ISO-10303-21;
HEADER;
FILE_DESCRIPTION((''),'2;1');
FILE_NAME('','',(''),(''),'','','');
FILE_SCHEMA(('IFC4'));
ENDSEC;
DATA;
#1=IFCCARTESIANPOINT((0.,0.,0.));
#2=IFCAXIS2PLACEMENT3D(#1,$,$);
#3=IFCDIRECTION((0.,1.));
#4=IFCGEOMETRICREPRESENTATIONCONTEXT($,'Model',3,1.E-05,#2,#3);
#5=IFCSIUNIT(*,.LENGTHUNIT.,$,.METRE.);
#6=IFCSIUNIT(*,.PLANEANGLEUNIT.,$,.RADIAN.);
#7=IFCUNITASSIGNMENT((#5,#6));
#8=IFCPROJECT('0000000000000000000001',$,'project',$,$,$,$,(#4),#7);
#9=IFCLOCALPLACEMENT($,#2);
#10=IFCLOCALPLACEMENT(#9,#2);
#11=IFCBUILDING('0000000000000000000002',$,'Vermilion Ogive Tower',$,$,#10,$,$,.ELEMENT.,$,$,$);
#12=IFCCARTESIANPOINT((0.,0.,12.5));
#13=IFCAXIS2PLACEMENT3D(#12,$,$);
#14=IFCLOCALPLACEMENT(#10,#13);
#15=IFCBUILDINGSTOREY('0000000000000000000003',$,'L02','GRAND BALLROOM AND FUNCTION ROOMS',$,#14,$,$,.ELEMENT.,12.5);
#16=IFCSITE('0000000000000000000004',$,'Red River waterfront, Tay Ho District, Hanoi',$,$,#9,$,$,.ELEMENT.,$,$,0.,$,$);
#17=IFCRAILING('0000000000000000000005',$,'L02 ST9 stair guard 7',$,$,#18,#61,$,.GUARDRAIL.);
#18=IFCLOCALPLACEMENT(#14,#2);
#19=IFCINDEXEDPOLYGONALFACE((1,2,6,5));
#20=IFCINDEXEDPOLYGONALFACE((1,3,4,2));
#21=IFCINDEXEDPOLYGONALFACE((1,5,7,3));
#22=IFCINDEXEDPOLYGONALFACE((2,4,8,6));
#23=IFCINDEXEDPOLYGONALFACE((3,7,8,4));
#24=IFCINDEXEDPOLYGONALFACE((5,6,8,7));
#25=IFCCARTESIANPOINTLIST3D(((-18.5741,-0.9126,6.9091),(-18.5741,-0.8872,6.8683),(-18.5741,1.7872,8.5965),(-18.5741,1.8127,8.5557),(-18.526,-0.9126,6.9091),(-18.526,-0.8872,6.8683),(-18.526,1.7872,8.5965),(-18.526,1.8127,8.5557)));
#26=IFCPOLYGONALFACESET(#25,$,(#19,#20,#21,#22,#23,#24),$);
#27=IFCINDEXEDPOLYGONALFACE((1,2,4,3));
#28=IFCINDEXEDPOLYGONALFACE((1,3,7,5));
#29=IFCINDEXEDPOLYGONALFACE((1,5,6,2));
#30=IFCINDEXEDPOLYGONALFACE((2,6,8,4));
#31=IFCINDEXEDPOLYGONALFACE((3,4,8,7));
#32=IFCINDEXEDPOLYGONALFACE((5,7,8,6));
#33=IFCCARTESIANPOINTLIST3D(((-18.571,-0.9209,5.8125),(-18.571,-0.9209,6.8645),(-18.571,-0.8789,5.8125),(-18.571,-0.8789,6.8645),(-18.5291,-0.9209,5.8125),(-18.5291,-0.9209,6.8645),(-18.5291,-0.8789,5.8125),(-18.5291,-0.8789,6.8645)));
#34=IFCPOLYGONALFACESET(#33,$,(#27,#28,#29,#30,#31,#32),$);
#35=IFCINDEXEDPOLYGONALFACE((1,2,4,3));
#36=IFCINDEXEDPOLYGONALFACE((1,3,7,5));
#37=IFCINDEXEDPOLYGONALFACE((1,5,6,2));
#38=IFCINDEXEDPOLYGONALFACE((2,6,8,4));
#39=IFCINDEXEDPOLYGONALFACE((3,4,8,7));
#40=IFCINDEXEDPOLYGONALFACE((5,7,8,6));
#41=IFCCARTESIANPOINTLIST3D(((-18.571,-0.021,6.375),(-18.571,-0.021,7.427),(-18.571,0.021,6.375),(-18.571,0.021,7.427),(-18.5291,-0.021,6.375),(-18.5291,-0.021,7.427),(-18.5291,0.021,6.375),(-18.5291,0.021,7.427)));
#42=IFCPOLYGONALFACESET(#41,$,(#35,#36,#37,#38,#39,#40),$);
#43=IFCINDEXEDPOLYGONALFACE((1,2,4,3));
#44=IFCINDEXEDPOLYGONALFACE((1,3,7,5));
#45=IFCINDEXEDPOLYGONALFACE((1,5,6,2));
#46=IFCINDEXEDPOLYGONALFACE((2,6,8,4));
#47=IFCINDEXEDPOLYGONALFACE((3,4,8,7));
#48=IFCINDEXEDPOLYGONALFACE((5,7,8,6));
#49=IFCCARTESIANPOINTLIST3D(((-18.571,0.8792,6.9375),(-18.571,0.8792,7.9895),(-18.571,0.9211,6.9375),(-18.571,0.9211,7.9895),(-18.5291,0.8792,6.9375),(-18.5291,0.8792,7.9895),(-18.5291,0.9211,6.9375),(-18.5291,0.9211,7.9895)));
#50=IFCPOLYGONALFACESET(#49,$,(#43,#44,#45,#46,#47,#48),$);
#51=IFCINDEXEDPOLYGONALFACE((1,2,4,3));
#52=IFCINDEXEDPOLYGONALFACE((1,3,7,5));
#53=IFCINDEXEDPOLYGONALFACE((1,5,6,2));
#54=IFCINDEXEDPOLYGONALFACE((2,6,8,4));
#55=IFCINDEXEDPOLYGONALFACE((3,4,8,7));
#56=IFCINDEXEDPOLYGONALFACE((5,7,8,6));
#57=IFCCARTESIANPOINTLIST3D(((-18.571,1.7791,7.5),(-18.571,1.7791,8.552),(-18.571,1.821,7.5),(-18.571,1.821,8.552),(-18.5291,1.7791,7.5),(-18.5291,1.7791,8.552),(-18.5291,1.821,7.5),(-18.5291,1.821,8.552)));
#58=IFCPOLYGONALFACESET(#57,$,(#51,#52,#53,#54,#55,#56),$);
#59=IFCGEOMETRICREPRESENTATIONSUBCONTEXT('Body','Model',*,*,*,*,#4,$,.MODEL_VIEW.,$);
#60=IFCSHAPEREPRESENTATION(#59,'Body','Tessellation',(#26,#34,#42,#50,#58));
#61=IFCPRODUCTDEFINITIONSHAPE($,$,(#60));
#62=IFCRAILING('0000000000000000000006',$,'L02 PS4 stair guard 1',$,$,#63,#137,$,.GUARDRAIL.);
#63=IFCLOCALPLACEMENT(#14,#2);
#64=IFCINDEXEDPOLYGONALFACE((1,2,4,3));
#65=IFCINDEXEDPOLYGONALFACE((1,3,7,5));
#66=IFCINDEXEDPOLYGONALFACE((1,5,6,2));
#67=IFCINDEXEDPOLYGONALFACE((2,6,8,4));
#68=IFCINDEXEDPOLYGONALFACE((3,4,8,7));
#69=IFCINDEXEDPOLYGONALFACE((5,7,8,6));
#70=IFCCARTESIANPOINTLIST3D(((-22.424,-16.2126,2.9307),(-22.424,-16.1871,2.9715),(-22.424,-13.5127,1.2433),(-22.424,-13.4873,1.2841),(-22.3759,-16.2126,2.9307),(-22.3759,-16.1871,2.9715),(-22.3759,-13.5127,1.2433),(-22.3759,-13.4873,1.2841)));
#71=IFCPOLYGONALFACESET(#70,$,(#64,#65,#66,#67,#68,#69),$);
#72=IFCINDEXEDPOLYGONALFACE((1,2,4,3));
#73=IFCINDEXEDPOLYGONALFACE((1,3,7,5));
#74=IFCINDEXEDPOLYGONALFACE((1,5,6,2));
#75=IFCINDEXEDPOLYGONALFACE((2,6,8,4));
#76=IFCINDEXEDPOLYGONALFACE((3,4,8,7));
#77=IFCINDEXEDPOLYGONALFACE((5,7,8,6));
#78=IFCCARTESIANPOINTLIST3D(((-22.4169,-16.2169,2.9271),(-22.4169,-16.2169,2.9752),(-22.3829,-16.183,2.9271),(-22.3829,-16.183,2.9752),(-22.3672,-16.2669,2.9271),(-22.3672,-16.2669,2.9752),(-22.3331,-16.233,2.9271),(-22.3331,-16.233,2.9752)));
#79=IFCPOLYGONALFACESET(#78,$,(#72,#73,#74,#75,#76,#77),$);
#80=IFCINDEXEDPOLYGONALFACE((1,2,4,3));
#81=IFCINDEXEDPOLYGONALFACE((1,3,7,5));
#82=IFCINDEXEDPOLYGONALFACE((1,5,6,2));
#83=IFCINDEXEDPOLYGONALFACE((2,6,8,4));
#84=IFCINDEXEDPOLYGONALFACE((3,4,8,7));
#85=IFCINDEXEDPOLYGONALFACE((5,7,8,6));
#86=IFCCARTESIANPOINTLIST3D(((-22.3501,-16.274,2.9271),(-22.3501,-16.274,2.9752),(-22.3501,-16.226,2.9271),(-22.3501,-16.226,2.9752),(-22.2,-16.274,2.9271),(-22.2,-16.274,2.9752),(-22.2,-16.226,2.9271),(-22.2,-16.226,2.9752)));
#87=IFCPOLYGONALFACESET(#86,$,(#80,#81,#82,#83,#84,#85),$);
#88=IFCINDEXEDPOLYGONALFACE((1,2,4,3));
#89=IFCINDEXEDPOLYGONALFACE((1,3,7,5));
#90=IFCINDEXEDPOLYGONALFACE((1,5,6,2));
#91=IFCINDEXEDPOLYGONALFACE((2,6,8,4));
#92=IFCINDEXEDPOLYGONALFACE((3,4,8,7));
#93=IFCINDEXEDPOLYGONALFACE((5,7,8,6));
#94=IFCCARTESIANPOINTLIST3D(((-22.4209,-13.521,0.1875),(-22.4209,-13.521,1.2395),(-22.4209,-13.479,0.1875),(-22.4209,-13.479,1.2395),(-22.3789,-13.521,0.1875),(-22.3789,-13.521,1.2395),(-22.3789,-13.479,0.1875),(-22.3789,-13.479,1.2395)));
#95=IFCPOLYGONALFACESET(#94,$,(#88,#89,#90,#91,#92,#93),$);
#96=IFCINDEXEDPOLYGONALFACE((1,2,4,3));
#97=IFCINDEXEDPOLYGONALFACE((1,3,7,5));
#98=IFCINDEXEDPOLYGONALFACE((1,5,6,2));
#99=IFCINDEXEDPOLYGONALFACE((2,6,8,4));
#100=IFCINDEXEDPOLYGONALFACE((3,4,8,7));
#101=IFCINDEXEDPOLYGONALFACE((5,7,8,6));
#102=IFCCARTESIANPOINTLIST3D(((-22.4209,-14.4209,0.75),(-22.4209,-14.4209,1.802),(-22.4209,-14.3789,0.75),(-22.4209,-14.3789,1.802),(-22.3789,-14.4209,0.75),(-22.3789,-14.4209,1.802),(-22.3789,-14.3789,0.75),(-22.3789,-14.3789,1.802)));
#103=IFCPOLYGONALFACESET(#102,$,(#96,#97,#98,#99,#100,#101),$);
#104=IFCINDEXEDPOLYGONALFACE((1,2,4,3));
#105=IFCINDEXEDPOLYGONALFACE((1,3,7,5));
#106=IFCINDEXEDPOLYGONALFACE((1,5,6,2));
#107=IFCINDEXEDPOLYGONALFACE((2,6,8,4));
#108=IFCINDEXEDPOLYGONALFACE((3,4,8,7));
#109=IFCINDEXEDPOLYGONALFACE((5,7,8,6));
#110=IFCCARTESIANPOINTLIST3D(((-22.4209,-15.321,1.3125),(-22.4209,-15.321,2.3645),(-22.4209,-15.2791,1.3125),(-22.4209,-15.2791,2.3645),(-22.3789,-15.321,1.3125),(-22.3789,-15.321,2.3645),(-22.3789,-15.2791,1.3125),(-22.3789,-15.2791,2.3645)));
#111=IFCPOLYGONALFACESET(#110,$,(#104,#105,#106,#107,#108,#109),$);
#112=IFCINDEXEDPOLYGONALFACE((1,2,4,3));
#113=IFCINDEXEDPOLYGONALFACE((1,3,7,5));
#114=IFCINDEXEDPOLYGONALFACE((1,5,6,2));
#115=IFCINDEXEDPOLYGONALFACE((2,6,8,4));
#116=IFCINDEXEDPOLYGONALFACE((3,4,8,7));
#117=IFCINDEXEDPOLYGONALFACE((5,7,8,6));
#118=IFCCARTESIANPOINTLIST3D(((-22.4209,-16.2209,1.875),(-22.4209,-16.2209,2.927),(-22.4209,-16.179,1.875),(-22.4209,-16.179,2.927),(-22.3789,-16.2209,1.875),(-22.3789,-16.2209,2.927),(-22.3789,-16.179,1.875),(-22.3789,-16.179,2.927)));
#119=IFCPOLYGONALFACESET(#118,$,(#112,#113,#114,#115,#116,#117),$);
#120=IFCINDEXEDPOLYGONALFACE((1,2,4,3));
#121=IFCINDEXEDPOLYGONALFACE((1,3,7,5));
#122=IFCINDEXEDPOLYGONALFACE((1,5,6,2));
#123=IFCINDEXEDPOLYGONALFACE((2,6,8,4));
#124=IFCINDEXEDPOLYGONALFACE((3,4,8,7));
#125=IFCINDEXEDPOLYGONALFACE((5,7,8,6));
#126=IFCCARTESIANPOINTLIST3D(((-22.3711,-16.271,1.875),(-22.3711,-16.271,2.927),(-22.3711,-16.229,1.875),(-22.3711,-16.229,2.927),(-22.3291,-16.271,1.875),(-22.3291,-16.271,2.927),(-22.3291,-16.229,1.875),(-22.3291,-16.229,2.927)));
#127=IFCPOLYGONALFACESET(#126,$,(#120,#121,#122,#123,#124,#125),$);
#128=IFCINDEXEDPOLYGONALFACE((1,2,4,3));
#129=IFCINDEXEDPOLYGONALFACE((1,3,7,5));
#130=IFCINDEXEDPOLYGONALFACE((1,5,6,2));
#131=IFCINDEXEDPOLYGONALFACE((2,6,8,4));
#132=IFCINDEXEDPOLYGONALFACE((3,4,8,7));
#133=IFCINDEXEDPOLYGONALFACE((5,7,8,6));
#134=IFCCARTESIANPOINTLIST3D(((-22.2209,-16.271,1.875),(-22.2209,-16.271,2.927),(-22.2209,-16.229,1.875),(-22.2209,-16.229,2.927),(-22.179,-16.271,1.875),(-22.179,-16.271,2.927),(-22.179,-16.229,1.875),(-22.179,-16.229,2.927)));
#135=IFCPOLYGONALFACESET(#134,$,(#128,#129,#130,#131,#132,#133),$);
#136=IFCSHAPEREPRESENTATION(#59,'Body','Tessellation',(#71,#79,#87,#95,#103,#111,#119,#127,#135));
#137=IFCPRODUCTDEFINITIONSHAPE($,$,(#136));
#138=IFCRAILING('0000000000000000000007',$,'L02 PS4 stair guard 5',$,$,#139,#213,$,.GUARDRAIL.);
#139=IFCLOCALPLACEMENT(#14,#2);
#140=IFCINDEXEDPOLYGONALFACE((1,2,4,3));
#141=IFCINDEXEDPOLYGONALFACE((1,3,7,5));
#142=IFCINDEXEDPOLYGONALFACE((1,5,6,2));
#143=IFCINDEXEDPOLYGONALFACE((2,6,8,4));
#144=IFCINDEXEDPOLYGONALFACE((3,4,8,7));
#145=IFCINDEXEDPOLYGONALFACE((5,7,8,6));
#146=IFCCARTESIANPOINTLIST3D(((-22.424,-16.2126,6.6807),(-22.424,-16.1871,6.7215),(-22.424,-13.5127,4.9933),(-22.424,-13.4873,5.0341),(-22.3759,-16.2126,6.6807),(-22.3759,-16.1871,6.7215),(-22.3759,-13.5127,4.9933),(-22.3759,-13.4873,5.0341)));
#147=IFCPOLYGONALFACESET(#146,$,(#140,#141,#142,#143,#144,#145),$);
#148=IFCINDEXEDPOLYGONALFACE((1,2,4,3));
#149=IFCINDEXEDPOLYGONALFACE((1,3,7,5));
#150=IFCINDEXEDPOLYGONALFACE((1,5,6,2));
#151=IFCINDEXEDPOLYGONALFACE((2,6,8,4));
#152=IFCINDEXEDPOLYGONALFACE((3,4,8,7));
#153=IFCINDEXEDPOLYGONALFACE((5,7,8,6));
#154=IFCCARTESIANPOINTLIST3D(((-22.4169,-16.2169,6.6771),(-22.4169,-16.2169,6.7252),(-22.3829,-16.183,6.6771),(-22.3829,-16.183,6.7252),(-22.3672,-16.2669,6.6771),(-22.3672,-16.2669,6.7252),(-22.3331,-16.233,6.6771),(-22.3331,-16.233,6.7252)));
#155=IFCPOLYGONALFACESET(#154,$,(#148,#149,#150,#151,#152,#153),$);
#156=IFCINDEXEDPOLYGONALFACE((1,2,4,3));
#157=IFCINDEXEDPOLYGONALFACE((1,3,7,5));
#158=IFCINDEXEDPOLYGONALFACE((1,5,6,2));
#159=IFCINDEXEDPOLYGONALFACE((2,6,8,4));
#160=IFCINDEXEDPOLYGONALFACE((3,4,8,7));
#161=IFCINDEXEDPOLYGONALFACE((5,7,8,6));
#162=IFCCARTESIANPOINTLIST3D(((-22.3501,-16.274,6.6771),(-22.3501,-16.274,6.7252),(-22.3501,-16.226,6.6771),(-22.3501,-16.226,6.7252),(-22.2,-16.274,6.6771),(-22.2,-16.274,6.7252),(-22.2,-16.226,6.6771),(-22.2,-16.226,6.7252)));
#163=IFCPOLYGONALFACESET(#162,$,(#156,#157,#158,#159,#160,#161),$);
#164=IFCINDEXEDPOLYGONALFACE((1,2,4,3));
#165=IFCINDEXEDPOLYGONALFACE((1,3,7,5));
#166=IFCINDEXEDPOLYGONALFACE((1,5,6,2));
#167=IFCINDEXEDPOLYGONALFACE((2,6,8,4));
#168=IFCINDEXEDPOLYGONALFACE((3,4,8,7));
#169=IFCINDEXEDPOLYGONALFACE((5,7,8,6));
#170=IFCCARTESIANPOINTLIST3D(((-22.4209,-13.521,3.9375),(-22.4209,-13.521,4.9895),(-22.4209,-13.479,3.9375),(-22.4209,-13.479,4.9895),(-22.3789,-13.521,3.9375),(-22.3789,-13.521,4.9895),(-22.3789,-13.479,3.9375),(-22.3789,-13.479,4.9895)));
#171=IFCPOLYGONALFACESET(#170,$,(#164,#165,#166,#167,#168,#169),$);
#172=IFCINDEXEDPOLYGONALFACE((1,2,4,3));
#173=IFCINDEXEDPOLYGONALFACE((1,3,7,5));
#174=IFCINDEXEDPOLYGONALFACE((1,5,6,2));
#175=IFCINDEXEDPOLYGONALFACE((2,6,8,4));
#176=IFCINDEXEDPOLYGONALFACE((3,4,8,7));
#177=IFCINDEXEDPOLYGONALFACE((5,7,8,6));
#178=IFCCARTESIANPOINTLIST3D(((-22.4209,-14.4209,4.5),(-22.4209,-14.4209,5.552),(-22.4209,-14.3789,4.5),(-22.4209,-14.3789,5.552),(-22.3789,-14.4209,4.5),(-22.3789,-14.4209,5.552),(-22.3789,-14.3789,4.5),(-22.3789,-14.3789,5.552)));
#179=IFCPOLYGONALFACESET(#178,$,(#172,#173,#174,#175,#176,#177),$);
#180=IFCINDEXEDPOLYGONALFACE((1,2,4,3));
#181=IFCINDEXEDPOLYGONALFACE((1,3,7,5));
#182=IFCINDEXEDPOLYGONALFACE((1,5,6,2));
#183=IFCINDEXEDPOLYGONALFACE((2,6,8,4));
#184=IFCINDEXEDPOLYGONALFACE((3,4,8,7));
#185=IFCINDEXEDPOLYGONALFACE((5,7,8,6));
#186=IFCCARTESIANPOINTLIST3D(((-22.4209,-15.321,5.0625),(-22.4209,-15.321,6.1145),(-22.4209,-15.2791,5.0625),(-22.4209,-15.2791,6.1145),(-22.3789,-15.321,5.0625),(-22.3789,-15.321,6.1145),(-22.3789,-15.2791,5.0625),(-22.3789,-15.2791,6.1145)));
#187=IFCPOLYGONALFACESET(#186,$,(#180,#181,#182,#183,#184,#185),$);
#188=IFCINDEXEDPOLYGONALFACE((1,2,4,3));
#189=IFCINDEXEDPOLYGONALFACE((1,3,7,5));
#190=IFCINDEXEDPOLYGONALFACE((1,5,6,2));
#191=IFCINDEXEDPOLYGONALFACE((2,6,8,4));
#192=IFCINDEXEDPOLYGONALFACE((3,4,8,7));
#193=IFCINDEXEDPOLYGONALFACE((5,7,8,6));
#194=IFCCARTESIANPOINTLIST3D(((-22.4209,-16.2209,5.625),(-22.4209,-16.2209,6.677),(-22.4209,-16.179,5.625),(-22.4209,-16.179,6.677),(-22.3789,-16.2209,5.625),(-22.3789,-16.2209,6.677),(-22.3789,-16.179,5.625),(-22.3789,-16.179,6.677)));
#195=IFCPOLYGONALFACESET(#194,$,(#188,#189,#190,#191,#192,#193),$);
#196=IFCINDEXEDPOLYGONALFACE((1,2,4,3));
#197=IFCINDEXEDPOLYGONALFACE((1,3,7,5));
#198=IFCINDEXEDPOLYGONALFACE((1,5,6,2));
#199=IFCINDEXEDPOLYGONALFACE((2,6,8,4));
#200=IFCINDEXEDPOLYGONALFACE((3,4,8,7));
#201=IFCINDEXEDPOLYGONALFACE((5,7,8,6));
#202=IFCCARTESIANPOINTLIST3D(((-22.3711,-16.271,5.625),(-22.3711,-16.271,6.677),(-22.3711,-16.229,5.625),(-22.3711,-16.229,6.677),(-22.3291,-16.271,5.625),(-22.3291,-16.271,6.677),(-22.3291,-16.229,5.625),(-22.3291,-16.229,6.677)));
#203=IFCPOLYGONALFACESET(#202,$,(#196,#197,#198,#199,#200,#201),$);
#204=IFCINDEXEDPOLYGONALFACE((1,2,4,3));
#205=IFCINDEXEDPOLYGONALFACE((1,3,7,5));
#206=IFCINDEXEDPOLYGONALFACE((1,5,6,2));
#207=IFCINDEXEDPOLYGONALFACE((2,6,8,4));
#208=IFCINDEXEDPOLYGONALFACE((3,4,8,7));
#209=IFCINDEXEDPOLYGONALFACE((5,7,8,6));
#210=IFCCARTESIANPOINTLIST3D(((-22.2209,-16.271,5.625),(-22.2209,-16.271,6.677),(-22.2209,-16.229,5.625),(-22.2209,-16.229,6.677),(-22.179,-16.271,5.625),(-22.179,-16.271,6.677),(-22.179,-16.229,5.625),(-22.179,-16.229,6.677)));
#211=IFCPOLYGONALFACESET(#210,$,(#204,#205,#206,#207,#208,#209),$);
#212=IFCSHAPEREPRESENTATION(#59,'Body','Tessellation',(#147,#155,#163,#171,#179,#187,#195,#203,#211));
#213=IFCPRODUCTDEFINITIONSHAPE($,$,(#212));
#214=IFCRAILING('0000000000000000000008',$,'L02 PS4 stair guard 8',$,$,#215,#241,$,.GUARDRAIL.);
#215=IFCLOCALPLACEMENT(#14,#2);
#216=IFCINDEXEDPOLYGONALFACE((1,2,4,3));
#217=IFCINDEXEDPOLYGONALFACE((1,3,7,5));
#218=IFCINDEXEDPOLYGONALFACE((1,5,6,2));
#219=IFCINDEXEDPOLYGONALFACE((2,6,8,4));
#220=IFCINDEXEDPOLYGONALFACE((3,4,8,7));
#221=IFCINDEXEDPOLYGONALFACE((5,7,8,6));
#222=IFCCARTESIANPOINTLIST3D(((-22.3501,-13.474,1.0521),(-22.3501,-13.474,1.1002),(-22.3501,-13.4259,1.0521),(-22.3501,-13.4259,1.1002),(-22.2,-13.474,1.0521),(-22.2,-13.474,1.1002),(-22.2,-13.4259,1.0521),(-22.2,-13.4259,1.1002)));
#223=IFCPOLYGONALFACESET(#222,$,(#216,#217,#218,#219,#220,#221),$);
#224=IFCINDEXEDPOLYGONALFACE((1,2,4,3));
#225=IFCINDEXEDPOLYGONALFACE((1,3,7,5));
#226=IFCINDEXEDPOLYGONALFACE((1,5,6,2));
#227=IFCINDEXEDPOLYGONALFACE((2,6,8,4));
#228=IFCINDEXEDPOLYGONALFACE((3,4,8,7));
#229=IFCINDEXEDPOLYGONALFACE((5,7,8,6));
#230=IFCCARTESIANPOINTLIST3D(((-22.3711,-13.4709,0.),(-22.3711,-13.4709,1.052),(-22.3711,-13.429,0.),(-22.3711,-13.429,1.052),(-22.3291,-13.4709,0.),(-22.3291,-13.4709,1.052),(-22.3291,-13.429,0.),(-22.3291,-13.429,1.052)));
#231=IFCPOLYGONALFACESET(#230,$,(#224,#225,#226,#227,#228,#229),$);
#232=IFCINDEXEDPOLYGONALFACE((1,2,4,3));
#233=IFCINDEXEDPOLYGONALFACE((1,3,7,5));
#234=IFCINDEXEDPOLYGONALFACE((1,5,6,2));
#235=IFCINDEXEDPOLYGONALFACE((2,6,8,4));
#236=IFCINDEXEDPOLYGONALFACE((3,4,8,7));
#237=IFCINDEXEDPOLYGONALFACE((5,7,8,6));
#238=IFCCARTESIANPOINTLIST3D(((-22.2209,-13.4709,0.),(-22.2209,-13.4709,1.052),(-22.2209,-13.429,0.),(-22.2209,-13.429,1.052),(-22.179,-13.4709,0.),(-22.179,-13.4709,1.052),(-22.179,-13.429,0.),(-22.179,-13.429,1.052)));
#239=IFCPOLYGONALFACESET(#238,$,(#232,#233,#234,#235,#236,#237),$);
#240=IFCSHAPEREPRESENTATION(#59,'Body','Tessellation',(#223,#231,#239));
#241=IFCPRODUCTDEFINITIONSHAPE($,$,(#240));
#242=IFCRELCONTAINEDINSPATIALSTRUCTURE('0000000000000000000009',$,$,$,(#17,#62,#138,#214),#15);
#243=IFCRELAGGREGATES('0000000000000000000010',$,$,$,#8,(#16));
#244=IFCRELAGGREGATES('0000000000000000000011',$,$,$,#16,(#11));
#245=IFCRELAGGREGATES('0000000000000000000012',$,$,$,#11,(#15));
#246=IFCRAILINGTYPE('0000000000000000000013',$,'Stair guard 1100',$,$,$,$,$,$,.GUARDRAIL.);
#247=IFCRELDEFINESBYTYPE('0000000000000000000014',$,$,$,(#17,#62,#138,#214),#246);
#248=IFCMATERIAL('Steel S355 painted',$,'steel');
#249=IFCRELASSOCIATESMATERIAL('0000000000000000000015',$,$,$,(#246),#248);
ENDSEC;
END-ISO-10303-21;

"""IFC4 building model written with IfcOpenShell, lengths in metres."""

from ifc_helpers import new_model, si_unit, direction, frame, origin, origin_2d, place, context, subcontext, project, spatial, rectangle, extrude, material, type_object, element, save


model = new_model("IFC4")

# Units and contexts
model_context = context("Model", 3, precision=1e-05, world=origin(), true_north=direction((0.0, 1.0)))
body_context = subcontext(model_context, "Body", "Model", "MODEL_VIEW")
ifc_project = project(units=[si_unit("LENGTHUNIT", "METRE"), si_unit("PLANEANGLEUNIT", "RADIAN")], contexts=[model_context])

# Site, building, storey
site_placement = place(None, origin())
site = spatial("IfcSite", under=ifc_project, at=site_placement, Name="Red River waterfront, Tay Ho District, Hanoi", CompositionType="ELEMENT", RefElevation=0.0)
building_placement = place(site_placement, origin())
building = spatial("IfcBuilding", under=site, at=building_placement, Name="Vermilion Ogive Tower", CompositionType="ELEMENT")
storey_placement = place(building_placement, frame((0.0, 0.0, 12.5)))
storey = spatial("IfcBuildingStorey", under=building, at=storey_placement, Name="L02", Description="GRAND BALLROOM AND FUNCTION ROOMS", CompositionType="ELEMENT", Elevation=12.5)

# Railings
ifc_material_1 = material(Name="Steel S355 painted", Category="steel")
railing_type_1 = type_object("IfcRailingType", Name="Stair guard 1100", PredefinedType="GUARDRAIL", material=ifc_material_1)
railing_1_placement = place(storey_placement, frame((-18.55, -0.8999, 5.8125)))
element("IfcRailing", 1, at=railing_1_placement, inside=storey, type_object=railing_type_1, Name="L02 ST9 stair guard 7", PredefinedType="GUARDRAIL", context=body_context, shape_type="SweptSolid", body=[
    extrude(rectangle(XDim=0.0481, YDim=0.0481, at=origin_2d()), frame((0.0, 0.0, 1.0762), z_axis=(0.0, 0.847994, 0.530006), x_axis=(-1.0, 0.0, 0.0)), (0.0, 0.0, 1.0), 3.1838),
    extrude(rectangle(XDim=0.042, YDim=0.042, at=origin_2d()), origin(), (0.0, 0.0, 1.0), 1.052),
    extrude(rectangle(XDim=0.042, YDim=0.042, at=origin_2d()), frame((0.0, 0.8999, 0.5625)), (0.0, 0.0, 1.0), 1.052),
    extrude(rectangle(XDim=0.042, YDim=0.042, at=origin_2d()), frame((0.0, 1.8, 1.125)), (0.0, 0.0, 1.0), 1.052),
    extrude(rectangle(XDim=0.042, YDim=0.042, at=origin_2d()), frame((0.0, 2.7, 1.6875)), (0.0, 0.0, 1.0), 1.052),
])
for number, where, name in (
    (2, (-22.3999, -13.5, 0.1875), "L02 PS4 stair guard 1"),
    (3, (-22.3999, -13.5, 3.9375), "L02 PS4 stair guard 5"),
):
    element("IfcRailing", number, at=place(storey_placement, frame(where)), inside=storey, type_object=railing_type_1, Name=name, PredefinedType="GUARDRAIL", context=body_context, shape_type="SweptSolid", body=[
        extrude(rectangle(XDim=0.0481, YDim=0.0481, at=origin_2d()), frame((0.0, 0.0, 1.0762), z_axis=(0.0, -0.847994, 0.530006), x_axis=(1.0, 0.0, 0.0)), (0.0, 0.0, 1.0), 3.1838),
        extrude(rectangle(XDim=0.0481, YDim=0.0481, at=origin_2d()), frame((0.0, -2.7, 2.7637), z_axis=(0.705376, -0.708834, 0.0), x_axis=(0.708834, 0.705376, 0.0)), (0.0, 0.0, 1.0), 0.0706),
        extrude(rectangle(XDim=0.0481, YDim=0.0481, at=origin_2d()), frame((0.0498, -2.75, 2.7637), z_axis=(1.0, 0.0, 0.0), x_axis=(0.0, 1.0, 0.0)), (0.0, 0.0, 1.0), 0.1501),
        extrude(rectangle(XDim=0.042, YDim=0.042, at=origin_2d()), origin(), (0.0, 0.0, 1.0), 1.052),
        extrude(rectangle(XDim=0.042, YDim=0.042, at=origin_2d()), frame((0.0, -0.8999, 0.5625)), (0.0, 0.0, 1.0), 1.052),
        extrude(rectangle(XDim=0.042, YDim=0.042, at=origin_2d()), frame((0.0, -1.8, 1.125)), (0.0, 0.0, 1.0), 1.052),
        extrude(rectangle(XDim=0.042, YDim=0.042, at=origin_2d()), frame((0.0, -2.7, 1.6875)), (0.0, 0.0, 1.0), 1.052),
        extrude(rectangle(XDim=0.042, YDim=0.042, at=origin_2d()), frame((0.0498, -2.75, 1.6875)), (0.0, 0.0, 1.0), 1.052),
        extrude(rectangle(XDim=0.042, YDim=0.042, at=origin_2d()), frame((0.2, -2.75, 1.6875)), (0.0, 0.0, 1.0), 1.052),
    ])
railing_2_placement = place(storey_placement, frame((-22.3501, -13.45, 0.0)))
element("IfcRailing", 4, at=railing_2_placement, inside=storey, type_object=railing_type_1, Name="L02 PS4 stair guard 8", PredefinedType="GUARDRAIL", context=body_context, shape_type="SweptSolid", body=[
    extrude(rectangle(XDim=0.0481, YDim=0.0481, at=origin_2d()), frame((0.0, 0.0, 1.0762), z_axis=(1.0, 0.0, 0.0), x_axis=(0.0, 1.0, 0.0)), (0.0, 0.0, 1.0), 0.1501),
    extrude(rectangle(XDim=0.042, YDim=0.042, at=origin_2d()), origin(), (0.0, 0.0, 1.0), 1.052),
    extrude(rectangle(XDim=0.042, YDim=0.042, at=origin_2d()), frame((0.1501, 0.0, 0.0)), (0.0, 0.0, 1.0), 1.052),
])

save(model, "model.ifc")
